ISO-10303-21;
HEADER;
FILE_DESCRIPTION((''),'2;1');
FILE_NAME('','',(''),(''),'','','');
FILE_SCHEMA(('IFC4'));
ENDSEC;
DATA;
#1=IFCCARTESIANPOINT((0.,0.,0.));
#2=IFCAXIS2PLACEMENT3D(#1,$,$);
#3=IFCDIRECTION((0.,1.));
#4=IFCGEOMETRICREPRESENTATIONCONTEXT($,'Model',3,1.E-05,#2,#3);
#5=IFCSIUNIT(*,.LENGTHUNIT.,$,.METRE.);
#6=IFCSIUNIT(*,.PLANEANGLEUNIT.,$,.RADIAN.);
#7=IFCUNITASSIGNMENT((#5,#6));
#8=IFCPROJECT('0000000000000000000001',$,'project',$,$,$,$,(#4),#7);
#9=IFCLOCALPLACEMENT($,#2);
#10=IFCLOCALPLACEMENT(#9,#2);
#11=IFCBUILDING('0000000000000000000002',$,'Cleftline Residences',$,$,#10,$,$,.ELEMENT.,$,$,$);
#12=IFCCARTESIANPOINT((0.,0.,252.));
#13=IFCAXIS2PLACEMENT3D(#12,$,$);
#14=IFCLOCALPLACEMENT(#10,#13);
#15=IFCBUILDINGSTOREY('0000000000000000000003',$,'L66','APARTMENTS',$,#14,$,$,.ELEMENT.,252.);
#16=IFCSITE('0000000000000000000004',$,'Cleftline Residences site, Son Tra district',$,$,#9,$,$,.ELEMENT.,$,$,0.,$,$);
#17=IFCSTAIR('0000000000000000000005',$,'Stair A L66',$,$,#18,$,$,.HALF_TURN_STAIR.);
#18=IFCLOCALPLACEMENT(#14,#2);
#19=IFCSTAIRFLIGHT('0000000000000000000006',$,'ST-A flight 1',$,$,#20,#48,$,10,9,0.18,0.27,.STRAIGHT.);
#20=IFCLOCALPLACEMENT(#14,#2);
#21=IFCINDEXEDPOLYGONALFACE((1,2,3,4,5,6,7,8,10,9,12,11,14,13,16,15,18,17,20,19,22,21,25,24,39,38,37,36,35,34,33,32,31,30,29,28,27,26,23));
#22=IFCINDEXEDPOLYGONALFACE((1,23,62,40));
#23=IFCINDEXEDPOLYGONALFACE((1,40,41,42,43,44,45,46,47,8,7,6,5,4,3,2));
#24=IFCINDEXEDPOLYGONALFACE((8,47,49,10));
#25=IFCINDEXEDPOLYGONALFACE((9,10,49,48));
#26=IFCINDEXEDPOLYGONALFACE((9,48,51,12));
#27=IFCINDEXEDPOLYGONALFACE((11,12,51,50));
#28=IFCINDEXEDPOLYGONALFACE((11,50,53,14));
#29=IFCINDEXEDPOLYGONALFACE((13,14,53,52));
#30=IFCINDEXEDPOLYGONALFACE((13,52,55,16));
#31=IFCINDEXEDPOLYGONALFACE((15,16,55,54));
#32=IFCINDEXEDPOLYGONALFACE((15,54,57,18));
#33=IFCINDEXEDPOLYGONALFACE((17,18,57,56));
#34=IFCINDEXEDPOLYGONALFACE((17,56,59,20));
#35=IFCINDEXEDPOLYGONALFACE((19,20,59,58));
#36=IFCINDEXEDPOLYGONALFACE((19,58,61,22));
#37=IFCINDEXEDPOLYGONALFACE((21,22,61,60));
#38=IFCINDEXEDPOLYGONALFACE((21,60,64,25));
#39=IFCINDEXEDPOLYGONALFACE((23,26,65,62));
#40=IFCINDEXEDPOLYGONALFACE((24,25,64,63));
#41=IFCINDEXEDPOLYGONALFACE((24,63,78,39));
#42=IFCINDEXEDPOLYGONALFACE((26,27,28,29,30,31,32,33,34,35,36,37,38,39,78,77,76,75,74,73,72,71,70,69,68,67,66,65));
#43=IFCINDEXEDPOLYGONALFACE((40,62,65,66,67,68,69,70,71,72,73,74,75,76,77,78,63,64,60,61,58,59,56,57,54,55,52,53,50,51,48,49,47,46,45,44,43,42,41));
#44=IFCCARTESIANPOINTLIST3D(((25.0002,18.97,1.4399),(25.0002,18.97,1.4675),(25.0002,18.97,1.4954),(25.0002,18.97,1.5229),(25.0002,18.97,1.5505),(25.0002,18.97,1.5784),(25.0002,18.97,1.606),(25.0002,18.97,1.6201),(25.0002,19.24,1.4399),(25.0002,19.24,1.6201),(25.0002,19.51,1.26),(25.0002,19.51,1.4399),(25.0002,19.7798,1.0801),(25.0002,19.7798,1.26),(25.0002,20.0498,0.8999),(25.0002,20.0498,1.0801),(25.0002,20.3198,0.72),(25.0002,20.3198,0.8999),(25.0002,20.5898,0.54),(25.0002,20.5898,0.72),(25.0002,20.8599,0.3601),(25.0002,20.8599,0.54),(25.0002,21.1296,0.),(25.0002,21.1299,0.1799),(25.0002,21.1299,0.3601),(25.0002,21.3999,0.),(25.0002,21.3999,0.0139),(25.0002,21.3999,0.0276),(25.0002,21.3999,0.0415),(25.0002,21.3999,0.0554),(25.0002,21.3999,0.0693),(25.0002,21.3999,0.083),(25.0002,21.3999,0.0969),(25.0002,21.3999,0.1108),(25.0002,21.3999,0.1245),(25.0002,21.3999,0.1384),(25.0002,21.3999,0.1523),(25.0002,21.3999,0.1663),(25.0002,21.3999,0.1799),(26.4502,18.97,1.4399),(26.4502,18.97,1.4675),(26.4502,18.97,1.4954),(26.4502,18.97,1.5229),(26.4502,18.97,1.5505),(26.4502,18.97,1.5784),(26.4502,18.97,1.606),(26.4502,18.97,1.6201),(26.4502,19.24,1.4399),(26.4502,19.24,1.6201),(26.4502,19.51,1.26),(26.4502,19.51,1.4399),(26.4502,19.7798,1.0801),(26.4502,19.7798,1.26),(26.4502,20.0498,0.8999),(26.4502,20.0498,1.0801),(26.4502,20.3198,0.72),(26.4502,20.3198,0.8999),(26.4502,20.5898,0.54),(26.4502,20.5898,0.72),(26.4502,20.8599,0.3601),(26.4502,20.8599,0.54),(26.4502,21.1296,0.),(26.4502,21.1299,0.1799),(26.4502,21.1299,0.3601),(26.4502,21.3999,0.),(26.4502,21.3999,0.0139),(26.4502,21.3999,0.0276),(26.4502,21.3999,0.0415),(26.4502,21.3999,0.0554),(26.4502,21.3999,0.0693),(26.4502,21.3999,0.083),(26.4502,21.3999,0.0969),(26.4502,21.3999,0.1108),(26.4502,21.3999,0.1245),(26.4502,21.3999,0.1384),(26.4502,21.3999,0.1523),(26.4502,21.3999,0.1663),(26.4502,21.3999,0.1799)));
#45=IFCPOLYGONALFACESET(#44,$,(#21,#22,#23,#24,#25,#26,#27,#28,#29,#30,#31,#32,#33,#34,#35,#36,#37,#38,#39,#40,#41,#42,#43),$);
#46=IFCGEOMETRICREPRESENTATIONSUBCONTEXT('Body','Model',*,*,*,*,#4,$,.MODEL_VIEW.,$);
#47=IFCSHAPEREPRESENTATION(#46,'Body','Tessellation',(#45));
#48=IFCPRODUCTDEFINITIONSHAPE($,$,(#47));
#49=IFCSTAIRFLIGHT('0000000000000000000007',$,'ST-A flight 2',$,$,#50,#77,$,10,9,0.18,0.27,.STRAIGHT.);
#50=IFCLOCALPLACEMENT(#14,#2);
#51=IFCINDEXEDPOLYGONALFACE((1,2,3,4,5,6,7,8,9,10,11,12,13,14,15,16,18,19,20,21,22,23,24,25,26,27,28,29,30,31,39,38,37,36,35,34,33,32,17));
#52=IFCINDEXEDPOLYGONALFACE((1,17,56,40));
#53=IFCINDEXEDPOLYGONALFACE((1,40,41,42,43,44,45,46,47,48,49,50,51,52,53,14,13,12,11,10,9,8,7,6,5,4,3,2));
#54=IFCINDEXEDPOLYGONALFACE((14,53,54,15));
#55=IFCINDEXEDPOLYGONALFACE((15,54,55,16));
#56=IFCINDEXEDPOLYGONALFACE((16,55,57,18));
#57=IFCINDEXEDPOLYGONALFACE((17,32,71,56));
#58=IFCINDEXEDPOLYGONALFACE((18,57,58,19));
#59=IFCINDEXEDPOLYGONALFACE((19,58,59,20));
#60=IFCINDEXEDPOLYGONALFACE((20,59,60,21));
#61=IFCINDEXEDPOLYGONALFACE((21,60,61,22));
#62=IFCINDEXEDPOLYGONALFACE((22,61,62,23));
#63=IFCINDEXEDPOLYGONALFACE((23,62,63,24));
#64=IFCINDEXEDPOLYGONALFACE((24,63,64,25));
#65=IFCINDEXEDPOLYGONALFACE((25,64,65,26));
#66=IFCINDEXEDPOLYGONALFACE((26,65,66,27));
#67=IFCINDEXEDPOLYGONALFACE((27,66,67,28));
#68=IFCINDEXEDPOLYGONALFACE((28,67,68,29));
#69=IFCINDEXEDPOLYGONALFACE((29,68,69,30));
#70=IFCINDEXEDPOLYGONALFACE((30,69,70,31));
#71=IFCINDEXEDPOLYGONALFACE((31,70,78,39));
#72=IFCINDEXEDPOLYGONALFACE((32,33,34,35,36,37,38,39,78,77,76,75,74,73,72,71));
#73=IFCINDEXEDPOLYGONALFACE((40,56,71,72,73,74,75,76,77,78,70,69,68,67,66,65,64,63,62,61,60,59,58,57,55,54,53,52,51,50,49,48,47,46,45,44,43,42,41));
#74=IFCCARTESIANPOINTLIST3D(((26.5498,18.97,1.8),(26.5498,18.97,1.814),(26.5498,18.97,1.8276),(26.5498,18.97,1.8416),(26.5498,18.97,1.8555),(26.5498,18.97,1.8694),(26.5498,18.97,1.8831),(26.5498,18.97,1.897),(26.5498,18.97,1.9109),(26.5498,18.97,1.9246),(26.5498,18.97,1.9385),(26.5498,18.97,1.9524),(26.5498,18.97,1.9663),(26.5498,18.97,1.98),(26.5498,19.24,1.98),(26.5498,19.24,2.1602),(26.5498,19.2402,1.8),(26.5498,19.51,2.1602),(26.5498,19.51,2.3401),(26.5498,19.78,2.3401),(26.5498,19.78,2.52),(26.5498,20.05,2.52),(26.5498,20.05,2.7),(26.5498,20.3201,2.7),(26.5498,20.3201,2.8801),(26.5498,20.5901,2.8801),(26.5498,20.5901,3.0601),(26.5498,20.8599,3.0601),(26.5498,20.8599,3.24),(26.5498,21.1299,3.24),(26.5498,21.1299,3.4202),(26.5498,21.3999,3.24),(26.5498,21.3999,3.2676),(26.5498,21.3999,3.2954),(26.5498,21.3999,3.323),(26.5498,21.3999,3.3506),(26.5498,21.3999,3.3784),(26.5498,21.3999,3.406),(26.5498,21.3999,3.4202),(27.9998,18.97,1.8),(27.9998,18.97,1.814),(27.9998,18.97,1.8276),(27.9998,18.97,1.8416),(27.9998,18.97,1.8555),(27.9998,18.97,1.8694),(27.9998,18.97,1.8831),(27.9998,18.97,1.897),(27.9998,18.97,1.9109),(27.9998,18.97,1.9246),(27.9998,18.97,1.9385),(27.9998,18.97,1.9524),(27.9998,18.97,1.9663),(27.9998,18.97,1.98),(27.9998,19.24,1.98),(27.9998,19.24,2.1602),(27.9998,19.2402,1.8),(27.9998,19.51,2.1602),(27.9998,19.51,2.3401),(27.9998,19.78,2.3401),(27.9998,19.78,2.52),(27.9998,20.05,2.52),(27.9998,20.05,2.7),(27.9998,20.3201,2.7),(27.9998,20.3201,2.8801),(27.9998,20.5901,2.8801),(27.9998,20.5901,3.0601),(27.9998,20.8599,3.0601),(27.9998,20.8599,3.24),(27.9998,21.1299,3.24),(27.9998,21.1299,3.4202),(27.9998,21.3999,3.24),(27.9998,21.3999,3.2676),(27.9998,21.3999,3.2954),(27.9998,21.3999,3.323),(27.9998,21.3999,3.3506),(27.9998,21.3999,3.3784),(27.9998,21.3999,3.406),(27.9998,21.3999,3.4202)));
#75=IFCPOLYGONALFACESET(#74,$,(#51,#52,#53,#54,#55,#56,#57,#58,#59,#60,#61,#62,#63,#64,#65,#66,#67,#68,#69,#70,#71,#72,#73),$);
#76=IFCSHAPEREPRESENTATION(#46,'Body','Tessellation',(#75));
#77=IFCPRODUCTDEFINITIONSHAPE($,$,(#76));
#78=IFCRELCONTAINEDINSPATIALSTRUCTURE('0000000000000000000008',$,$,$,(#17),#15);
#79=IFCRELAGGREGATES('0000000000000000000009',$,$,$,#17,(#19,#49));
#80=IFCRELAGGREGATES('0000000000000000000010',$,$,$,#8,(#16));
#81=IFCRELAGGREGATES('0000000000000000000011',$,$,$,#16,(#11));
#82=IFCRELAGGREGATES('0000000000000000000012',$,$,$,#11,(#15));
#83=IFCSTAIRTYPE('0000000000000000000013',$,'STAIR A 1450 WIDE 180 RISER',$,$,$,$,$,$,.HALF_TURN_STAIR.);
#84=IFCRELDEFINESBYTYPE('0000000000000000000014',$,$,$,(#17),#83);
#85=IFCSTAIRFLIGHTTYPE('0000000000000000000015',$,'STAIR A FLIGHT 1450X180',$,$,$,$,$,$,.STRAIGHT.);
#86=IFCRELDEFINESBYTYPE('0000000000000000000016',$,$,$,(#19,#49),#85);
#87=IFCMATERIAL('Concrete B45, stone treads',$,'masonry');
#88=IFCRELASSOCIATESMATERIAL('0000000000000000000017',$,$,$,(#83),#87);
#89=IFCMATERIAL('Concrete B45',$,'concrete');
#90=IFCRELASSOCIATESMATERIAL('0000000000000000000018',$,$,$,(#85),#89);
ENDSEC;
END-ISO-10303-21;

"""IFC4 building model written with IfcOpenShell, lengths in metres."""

from ifc_helpers import new_model, si_unit, direction, frame, origin, place, context, subcontext, project, spatial, polyline, outline, extrude, material, type_object, element, aggregate, save


model = new_model("IFC4")

# Units and contexts
model_context = context("Model", 3, precision=1e-05, world=origin(), true_north=direction((0.0, 1.0)))
body_context = subcontext(model_context, "Body", "Model", "MODEL_VIEW")
ifc_project = project(units=[si_unit("LENGTHUNIT", "METRE"), si_unit("PLANEANGLEUNIT", "RADIAN")], contexts=[model_context])

# Site, building, storey
site_placement = place(None, origin())
site = spatial("IfcSite", under=ifc_project, at=site_placement, Name="Cleftline Residences site, Son Tra district", CompositionType="ELEMENT", RefElevation=0.0)
building_placement = place(site_placement, origin())
building = spatial("IfcBuilding", under=site, at=building_placement, Name="Cleftline Residences", CompositionType="ELEMENT")
storey_placement = place(building_placement, frame((0.0, 0.0, 252.0)))
storey = spatial("IfcBuildingStorey", under=building, at=storey_placement, Name="L66", Description="APARTMENTS", CompositionType="ELEMENT", Elevation=252.0)

# Stair, stair flights
ifc_material_1 = material(Name="Concrete B45, stone treads", Category="masonry")
stair_type = type_object("IfcStairType", Name="STAIR A 1450 WIDE 180 RISER", PredefinedType="HALF_TURN_STAIR", material=ifc_material_1)
stair_placement = place(storey_placement, origin())
stair = element("IfcStair", 1, at=stair_placement, inside=storey, type_object=stair_type, Name="Stair A L66", PredefinedType="HALF_TURN_STAIR")
ifc_material_2 = material(Name="Concrete B45", Category="concrete")
stair_flight_type = type_object("IfcStairFlightType", Name="STAIR A FLIGHT 1450X180", PredefinedType="STRAIGHT", material=ifc_material_2)
stair_flight_1_placement = place(storey_placement, frame((25.7251, 21.3999, 0.0), z_axis=(0.0, 0.0, 1.0), x_axis=(0.0, -1.0, 0.0)))
stair_flight_1 = element("IfcStairFlight", 2, at=stair_flight_1_placement, type_object=stair_flight_type, Name="ST-A flight 1", NumberOfRisers=10, NumberOfTreads=9, PredefinedType="STRAIGHT", RiserHeight=0.18, TreadLength=0.27, context=body_context, shape_type="SweptSolid", body=[
    extrude(outline(polyline([(0.0, 0.0), (0.0, 0.0139), (0.0, 0.0276), (0.0, 0.0415), (0.0, 0.0554), (0.0, 0.0693), (0.0, 0.083), (0.0, 0.0969), (0.0, 0.1108), (0.0, 0.1245), (0.0, 0.1384), (0.0, 0.1523), (0.0, 0.1663), (0.0, 0.1799), (0.27, 0.1799), (0.27, 0.3601), (0.54, 0.3601), (0.54, 0.54), (0.8101, 0.54), (0.8101, 0.72), (1.0801, 0.72), (1.0801, 0.8999), (1.3501, 0.8999), (1.3501, 1.0801), (1.6201, 1.0801), (1.6201, 1.26), (1.8899, 1.26), (1.8899, 1.4399), (2.1599, 1.4399), (2.1599, 1.6201), (2.4299, 1.6201), (2.4299, 1.8), (2.4299, 1.7722), (2.4299, 1.7446), (2.4299, 1.7168), (2.4299, 1.6892), (2.4299, 1.6614), (2.4299, 1.6338), (2.4299, 1.606), (2.4299, 1.5784), (2.4299, 1.5505), (2.4299, 1.5229), (2.4299, 1.4954), (2.4299, 1.4675), (2.4299, 1.4399), (0.2703, 0.0), (0.0, 0.0)])), frame((0.0, 0.7251, 0.0), z_axis=(0.0, -1.0, 0.0), x_axis=(1.0, 0.0, 0.0)), (0.0, 0.0, 1.0), 1.45),
])
stair_flight_2_placement = place(storey_placement, frame((27.2749, 18.97, 1.8), z_axis=(0.0, 0.0, 1.0), x_axis=(0.0, 1.0, 0.0)))
stair_flight_2 = element("IfcStairFlight", 3, at=stair_flight_2_placement, type_object=stair_flight_type, Name="ST-A flight 2", NumberOfRisers=10, NumberOfTreads=9, PredefinedType="STRAIGHT", RiserHeight=0.18, TreadLength=0.27, context=body_context, shape_type="SweptSolid", body=[
    extrude(outline(polyline([(0.0, 0.0), (0.0, 0.0139), (0.0, 0.0276), (0.0, 0.0415), (0.0, 0.0554), (0.0, 0.0693), (0.0, 0.083), (0.0, 0.0969), (0.0, 0.1108), (0.0, 0.1245), (0.0, 0.1384), (0.0, 0.1523), (0.0, 0.1663), (0.0, 0.1799), (0.27, 0.1799), (0.27, 0.3601), (0.54, 0.3601), (0.54, 0.54), (0.8101, 0.54), (0.8101, 0.72), (1.0801, 0.72), (1.0801, 0.8999), (1.3501, 0.8999), (1.3501, 1.0801), (1.6201, 1.0801), (1.6201, 1.26), (1.8899, 1.26), (1.8899, 1.4399), (2.1599, 1.4399), (2.1599, 1.6201), (2.4299, 1.6201), (2.4299, 1.8), (2.4299, 1.7722), (2.4299, 1.7446), (2.4299, 1.7168), (2.4299, 1.6892), (2.4299, 1.6614), (2.4299, 1.6338), (2.4299, 1.606), (2.4299, 1.5784), (2.4299, 1.5505), (2.4299, 1.5229), (2.4299, 1.4954), (2.4299, 1.4675), (2.4299, 1.4399), (0.2703, 0.0), (0.0, 0.0)])), frame((0.0, 0.7251, 0.0), z_axis=(0.0, -1.0, 0.0), x_axis=(1.0, 0.0, 0.0)), (0.0, 0.0, 1.0), 1.45),
])
aggregate(stair, [stair_flight_1, stair_flight_2])

save(model, "model.ifc")
